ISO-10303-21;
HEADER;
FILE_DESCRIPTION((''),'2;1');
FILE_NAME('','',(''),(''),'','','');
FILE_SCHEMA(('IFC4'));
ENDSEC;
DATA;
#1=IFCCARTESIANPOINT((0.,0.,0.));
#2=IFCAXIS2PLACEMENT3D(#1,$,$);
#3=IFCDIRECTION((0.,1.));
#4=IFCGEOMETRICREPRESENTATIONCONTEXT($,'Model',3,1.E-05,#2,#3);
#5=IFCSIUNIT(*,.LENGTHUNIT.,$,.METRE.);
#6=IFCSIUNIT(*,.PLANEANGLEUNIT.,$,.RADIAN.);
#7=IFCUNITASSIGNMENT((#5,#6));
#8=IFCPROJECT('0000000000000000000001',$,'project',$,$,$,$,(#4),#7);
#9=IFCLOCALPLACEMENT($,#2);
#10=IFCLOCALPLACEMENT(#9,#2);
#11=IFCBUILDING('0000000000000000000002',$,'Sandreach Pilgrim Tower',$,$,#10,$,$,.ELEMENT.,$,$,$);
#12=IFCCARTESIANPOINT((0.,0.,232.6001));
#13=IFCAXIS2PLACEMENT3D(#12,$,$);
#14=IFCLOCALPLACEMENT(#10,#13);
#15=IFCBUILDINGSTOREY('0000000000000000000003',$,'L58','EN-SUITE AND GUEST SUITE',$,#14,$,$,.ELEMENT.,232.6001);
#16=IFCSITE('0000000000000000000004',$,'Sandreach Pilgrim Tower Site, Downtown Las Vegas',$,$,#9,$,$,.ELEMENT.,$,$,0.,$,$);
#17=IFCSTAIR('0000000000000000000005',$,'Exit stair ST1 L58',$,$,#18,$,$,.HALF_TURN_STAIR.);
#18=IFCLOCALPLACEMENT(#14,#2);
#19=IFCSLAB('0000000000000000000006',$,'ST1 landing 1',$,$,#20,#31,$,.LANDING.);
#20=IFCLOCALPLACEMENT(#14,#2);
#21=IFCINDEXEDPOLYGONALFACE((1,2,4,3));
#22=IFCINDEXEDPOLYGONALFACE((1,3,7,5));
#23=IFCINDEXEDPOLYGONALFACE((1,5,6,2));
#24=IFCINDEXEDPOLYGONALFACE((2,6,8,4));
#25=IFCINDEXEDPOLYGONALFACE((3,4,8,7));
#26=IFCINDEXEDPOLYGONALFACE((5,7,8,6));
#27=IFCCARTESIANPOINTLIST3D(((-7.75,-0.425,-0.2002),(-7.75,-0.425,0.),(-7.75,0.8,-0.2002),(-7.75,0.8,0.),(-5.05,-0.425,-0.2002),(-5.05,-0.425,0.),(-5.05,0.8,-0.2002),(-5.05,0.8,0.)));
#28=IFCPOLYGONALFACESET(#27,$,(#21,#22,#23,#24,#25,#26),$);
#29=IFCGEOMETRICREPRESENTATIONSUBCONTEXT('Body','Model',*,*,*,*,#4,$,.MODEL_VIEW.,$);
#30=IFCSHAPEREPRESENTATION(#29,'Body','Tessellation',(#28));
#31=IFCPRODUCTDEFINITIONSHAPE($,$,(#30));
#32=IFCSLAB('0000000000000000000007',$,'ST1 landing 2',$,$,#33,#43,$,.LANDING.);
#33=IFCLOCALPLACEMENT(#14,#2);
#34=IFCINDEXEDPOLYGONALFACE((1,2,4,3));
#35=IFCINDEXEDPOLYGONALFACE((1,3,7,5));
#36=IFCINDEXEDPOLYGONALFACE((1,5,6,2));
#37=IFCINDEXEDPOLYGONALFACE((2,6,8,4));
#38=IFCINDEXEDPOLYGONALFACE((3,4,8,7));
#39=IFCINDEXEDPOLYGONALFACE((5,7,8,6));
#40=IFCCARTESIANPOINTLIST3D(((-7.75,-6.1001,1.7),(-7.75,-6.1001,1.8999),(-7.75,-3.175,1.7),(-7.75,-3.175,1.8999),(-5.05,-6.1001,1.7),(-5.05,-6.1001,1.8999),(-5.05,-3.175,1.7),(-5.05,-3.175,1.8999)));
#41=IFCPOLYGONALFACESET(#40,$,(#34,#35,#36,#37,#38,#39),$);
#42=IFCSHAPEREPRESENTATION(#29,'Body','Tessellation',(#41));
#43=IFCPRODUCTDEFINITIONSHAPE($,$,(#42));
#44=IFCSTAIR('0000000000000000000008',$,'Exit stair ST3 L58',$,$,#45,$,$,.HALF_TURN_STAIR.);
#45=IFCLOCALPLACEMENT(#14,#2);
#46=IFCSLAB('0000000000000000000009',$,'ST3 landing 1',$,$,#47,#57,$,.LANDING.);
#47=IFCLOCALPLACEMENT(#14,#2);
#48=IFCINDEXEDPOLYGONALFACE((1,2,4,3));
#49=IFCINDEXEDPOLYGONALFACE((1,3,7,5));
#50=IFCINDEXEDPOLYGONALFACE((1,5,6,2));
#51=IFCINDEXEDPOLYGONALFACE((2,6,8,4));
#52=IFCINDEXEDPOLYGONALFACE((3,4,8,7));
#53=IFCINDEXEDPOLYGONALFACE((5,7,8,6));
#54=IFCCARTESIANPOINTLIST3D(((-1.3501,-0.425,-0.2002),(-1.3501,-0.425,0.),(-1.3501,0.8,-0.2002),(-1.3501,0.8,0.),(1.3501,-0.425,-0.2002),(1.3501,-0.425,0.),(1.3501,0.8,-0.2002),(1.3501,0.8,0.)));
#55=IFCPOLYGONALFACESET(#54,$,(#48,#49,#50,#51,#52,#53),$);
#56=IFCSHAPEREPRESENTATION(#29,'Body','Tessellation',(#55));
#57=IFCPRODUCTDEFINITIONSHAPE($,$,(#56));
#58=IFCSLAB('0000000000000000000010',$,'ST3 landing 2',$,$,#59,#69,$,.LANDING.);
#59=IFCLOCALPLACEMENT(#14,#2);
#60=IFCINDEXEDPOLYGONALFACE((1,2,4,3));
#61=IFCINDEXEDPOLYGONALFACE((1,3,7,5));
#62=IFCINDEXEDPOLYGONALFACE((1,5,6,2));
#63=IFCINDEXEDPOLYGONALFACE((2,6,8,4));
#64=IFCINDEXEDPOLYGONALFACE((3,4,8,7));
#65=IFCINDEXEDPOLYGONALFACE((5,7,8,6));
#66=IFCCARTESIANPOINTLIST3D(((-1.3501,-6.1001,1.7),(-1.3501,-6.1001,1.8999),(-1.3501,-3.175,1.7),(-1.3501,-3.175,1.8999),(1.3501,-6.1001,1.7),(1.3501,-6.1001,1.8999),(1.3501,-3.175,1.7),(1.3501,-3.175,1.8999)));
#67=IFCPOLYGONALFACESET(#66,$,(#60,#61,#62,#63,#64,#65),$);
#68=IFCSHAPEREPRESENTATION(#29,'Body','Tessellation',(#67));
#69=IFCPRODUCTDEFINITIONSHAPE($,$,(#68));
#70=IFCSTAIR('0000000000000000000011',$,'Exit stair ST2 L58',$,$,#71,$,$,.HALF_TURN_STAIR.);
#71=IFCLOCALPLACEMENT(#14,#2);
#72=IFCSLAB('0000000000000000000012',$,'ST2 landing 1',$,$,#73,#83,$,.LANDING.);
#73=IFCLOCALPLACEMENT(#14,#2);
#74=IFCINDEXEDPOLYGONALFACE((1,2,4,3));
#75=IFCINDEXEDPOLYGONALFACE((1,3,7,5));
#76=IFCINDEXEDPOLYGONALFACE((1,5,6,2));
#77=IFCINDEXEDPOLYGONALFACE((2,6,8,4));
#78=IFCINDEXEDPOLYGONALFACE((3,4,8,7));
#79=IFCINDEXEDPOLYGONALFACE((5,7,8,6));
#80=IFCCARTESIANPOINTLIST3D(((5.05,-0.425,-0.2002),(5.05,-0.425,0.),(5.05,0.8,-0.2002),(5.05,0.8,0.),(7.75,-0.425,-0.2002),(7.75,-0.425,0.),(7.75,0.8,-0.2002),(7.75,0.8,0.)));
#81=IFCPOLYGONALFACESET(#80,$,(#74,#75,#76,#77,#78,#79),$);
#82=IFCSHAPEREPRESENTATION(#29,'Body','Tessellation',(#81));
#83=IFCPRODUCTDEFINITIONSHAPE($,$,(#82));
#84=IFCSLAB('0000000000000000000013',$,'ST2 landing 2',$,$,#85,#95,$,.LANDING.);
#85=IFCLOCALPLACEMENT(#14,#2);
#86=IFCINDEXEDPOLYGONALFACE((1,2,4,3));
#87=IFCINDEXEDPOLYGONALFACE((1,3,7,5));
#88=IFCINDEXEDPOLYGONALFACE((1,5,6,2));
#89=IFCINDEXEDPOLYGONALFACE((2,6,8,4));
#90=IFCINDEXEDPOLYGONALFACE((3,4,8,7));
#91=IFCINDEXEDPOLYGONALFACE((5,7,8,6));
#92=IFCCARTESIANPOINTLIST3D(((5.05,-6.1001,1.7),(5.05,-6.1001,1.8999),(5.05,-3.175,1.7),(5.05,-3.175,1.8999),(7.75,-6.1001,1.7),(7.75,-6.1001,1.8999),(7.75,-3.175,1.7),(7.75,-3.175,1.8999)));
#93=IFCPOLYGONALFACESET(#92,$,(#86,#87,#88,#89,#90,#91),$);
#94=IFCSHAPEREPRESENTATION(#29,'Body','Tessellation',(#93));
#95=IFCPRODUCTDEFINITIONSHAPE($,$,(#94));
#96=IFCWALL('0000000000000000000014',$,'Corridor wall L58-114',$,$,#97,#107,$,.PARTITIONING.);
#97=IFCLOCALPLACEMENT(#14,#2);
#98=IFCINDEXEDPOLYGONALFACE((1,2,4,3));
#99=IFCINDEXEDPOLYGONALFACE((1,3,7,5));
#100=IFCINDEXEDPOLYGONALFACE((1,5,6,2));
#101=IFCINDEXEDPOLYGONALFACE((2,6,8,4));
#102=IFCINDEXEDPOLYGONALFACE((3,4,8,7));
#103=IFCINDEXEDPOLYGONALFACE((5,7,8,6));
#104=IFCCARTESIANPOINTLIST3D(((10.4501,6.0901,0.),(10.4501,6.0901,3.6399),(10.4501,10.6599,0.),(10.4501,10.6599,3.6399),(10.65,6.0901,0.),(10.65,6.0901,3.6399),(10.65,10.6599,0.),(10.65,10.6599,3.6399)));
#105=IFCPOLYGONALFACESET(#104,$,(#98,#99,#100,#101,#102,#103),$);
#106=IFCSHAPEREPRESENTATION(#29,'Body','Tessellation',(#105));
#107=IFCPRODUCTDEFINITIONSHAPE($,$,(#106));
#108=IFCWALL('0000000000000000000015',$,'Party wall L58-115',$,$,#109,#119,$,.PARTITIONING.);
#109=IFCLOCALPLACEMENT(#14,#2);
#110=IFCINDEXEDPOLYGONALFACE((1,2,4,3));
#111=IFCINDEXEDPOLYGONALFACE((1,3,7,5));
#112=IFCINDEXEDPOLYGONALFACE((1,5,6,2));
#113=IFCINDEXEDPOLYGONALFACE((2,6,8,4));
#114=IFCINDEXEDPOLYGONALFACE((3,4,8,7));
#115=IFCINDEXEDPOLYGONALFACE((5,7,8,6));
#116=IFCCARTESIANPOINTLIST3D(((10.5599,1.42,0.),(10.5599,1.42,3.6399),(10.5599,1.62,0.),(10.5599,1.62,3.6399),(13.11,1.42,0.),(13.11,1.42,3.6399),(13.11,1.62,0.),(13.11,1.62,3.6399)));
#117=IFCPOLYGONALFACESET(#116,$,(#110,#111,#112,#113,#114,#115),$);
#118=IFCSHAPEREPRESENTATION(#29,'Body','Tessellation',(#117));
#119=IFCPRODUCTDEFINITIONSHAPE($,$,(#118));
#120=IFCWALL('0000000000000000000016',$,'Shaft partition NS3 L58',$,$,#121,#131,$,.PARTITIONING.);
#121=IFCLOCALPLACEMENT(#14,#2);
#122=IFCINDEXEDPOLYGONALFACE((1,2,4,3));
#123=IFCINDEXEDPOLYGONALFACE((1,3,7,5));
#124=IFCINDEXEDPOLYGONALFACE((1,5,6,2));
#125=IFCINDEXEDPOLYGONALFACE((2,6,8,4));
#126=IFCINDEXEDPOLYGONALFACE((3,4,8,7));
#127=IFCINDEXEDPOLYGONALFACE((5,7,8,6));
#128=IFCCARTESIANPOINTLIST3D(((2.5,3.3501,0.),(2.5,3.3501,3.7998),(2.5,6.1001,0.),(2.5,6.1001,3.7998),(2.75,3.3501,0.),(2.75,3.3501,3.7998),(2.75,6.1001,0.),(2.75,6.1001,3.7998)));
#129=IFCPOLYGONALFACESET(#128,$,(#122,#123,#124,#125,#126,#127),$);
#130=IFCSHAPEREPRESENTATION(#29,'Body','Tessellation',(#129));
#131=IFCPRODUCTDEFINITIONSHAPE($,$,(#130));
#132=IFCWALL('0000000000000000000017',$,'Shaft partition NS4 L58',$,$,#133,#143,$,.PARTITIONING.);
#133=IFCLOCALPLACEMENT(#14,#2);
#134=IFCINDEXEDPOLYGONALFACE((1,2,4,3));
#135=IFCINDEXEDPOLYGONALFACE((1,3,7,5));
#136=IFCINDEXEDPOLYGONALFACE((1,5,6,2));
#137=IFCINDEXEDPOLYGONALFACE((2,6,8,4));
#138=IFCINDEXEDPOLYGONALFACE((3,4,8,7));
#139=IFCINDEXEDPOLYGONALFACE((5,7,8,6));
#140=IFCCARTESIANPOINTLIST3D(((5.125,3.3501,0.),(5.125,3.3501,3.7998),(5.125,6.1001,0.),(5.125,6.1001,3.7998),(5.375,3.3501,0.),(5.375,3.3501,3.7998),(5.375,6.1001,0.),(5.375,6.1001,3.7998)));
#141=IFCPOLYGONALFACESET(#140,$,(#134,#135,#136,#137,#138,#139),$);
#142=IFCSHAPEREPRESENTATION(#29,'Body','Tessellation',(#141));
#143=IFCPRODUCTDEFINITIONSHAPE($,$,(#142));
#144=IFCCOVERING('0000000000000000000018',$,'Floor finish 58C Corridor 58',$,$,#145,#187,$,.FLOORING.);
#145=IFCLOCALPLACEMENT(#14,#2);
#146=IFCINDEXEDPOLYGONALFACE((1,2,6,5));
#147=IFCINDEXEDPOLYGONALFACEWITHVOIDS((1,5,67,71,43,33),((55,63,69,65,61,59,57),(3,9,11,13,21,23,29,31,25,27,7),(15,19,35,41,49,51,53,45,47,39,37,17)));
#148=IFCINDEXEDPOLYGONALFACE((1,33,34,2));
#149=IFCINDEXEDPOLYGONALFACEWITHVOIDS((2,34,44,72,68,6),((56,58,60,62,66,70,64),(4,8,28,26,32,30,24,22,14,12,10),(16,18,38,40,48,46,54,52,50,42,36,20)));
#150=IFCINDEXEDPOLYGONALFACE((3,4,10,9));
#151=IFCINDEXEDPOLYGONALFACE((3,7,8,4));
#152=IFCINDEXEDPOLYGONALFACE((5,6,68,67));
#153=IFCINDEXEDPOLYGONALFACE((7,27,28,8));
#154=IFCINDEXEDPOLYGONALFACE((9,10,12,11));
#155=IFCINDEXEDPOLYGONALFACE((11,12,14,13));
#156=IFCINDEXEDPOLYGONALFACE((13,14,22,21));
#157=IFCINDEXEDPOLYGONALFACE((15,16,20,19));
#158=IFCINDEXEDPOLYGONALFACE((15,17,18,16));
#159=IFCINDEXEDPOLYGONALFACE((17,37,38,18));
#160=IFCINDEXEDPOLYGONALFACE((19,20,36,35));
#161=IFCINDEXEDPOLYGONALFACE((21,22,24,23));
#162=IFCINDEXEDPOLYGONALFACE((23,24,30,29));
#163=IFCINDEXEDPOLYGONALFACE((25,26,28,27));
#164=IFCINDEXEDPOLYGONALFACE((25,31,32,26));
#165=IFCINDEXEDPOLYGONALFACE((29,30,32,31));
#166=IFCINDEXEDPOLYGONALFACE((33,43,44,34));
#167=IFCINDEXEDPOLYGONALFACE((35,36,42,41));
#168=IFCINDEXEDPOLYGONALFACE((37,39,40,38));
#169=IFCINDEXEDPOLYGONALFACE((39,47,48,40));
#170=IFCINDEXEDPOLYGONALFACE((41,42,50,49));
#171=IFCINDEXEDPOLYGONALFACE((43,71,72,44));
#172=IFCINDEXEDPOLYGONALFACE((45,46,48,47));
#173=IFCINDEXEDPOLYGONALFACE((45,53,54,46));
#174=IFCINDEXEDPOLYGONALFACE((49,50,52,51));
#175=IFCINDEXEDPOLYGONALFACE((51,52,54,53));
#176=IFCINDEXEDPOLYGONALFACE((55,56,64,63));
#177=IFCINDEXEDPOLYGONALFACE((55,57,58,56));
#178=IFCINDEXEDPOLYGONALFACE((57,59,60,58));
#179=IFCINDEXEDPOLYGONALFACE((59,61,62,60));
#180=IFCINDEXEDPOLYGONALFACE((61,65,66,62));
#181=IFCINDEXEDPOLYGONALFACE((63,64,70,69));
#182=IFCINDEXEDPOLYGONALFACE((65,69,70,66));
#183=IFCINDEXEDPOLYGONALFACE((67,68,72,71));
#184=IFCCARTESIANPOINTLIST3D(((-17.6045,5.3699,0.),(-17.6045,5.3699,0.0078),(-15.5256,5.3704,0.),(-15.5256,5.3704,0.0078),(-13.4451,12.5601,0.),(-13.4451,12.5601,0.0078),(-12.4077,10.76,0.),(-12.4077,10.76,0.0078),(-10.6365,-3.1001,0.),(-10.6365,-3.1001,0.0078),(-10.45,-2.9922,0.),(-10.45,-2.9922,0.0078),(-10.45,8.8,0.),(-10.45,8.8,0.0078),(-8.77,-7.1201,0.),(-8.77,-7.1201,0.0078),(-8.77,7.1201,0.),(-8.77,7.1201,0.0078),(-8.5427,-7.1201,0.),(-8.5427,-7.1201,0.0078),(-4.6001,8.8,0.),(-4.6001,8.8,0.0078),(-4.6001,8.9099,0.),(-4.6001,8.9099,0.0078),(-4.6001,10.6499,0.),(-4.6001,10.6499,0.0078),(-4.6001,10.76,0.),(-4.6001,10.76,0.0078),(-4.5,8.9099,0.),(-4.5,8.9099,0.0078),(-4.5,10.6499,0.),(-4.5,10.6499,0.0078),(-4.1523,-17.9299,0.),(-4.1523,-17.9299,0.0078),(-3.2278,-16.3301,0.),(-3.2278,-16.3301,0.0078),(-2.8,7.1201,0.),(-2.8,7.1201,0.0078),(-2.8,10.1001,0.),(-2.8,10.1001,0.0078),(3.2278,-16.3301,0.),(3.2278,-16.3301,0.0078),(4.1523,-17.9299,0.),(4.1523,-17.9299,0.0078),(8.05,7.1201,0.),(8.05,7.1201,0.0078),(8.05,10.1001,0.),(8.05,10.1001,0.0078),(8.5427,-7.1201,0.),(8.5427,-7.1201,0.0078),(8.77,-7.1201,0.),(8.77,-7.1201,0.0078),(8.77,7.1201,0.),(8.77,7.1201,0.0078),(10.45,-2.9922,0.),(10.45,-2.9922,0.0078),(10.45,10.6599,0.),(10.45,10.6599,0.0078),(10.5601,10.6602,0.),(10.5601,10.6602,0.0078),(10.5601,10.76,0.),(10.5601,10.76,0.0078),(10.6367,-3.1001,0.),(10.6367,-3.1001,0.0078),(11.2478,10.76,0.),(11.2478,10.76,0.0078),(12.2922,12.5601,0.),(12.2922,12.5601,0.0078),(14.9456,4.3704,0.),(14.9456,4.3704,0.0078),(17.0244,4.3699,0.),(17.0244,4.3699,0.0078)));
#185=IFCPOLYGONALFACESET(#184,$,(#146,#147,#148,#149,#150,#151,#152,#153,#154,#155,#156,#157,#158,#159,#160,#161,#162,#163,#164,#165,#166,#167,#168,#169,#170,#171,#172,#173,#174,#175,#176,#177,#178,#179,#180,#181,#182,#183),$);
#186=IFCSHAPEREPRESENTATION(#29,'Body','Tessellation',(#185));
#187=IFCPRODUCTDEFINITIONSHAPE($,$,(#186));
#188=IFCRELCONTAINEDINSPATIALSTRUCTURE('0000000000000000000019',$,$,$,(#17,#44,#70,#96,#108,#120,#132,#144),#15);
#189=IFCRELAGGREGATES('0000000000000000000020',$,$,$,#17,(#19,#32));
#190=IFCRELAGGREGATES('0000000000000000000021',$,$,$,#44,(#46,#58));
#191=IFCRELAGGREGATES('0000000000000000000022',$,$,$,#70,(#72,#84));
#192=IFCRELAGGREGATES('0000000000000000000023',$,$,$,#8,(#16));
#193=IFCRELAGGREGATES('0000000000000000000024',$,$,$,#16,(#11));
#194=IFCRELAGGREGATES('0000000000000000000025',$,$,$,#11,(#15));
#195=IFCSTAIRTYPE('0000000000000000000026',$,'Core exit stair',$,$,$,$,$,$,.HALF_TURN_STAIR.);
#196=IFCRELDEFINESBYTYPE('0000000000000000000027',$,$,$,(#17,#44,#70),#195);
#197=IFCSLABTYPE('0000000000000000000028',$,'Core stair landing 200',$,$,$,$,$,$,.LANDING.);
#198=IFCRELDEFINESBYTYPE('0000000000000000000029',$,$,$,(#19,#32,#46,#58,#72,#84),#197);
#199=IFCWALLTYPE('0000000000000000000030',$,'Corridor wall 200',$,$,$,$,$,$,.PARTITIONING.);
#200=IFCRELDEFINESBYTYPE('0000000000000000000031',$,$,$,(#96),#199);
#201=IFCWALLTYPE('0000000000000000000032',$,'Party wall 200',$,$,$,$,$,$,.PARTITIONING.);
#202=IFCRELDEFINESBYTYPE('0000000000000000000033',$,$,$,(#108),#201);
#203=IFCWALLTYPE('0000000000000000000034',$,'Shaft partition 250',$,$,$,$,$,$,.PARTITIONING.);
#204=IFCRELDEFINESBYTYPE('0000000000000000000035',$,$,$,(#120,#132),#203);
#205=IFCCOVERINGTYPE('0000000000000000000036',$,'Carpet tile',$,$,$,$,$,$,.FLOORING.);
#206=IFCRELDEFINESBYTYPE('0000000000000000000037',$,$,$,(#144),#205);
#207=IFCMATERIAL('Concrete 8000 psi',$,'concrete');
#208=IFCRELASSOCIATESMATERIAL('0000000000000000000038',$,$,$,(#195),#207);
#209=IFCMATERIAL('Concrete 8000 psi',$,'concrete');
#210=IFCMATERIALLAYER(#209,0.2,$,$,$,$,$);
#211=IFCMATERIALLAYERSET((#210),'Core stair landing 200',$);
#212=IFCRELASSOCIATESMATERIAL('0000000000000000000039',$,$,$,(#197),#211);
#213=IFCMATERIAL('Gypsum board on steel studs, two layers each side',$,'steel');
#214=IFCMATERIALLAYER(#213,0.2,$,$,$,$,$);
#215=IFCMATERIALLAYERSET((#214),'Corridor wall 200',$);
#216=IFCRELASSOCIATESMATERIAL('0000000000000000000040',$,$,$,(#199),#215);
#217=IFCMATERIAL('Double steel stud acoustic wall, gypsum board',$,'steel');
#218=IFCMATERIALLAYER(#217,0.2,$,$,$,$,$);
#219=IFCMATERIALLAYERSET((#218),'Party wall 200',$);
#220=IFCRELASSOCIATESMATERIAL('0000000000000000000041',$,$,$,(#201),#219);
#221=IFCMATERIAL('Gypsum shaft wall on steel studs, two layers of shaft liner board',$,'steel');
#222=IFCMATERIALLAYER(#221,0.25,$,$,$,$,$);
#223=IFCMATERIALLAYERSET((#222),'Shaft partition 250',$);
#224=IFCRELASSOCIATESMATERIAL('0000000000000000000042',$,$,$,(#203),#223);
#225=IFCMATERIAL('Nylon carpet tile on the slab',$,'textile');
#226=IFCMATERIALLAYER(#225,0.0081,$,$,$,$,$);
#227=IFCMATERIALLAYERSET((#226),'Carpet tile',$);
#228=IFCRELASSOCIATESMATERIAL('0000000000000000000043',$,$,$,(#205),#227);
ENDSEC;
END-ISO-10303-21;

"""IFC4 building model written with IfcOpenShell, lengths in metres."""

from ifc_helpers import new_model, si_unit, direction, frame, frame_2d, origin, place, context, subcontext, project, spatial, polyline, rectangle, outline, extrude, material, layer, layer_set, type_object, element, aggregate, save


model = new_model("IFC4")

# Units and contexts
model_context = context("Model", 3, precision=1e-05, world=origin(), true_north=direction((0.0, 1.0)))
body_context = subcontext(model_context, "Body", "Model", "MODEL_VIEW")
ifc_project = project(units=[si_unit("LENGTHUNIT", "METRE"), si_unit("PLANEANGLEUNIT", "RADIAN")], contexts=[model_context])

# Site, building, storey
site_placement = place(None, origin())
site = spatial("IfcSite", under=ifc_project, at=site_placement, Name="Sandreach Pilgrim Tower Site, Downtown Las Vegas", CompositionType="ELEMENT", RefElevation=0.0)
building_placement = place(site_placement, origin())
building = spatial("IfcBuilding", under=site, at=building_placement, Name="Sandreach Pilgrim Tower", CompositionType="ELEMENT")
storey_placement = place(building_placement, frame((0.0, 0.0, 232.6001)))
storey = spatial("IfcBuildingStorey", under=building, at=storey_placement, Name="L58", Description="EN-SUITE AND GUEST SUITE", CompositionType="ELEMENT", Elevation=232.6001)

# Stairs, slabs
ifc_material_1 = material(Name="Concrete 8000 psi", Category="concrete")
stair_type = type_object("IfcStairType", Name="Core exit stair", PredefinedType="HALF_TURN_STAIR", material=ifc_material_1)
stair_1_placement = place(storey_placement, origin())
stair_1 = element("IfcStair", 1, at=stair_1_placement, inside=storey, type_object=stair_type, Name="Exit stair ST1 L58", PredefinedType="HALF_TURN_STAIR")
ifc_material_2 = material(Name="Concrete 8000 psi", Category="concrete")
ifc_layer_1 = layer(ifc_material_2, 0.2)
ifc_layer_set_1 = layer_set([ifc_layer_1], Name="Core stair landing 200")
slab_type = type_object("IfcSlabType", Name="Core stair landing 200", PredefinedType="LANDING", material=ifc_layer_set_1)
slab_1_placement = place(storey_placement, frame((0.0, 0.0, -0.2002)))
slab_1 = element("IfcSlab", 2, at=slab_1_placement, type_object=slab_type, Name="ST1 landing 1", PredefinedType="LANDING", context=body_context, shape_type="SweptSolid", body=[
    extrude(outline(polyline([(-7.75, -0.425), (-5.05, -0.425), (-5.05, 0.8), (-7.75, 0.8), (-7.75, -0.425)])), origin(), (0.0, 0.0, 1.0), 0.2002),
])
slab_2_placement = place(storey_placement, frame((0.0, 0.0, 1.7)))
slab_2 = element("IfcSlab", 3, at=slab_2_placement, type_object=slab_type, Name="ST1 landing 2", PredefinedType="LANDING", context=body_context, shape_type="SweptSolid", body=[
    extrude(outline(polyline([(-7.75, -6.1001), (-5.05, -6.1001), (-5.05, -3.175), (-7.75, -3.175), (-7.75, -6.1001)])), origin(), (0.0, 0.0, 1.0), 0.2),
])
aggregate(stair_1, [slab_1, slab_2])
stair_2_placement = place(storey_placement, origin())
stair_2 = element("IfcStair", 4, at=stair_2_placement, inside=storey, type_object=stair_type, Name="Exit stair ST3 L58", PredefinedType="HALF_TURN_STAIR")
slab_3_placement = place(storey_placement, frame((0.0, 0.0, -0.2002)))
slab_3 = element("IfcSlab", 5, at=slab_3_placement, type_object=slab_type, Name="ST3 landing 1", PredefinedType="LANDING", context=body_context, shape_type="SweptSolid", body=[
    extrude(outline(polyline([(-1.3501, -0.425), (1.3501, -0.425), (1.3501, 0.8), (-1.3501, 0.8), (-1.3501, -0.425)])), origin(), (0.0, 0.0, 1.0), 0.2002),
])
slab_4_placement = place(storey_placement, frame((0.0, 0.0, 1.7)))
slab_4 = element("IfcSlab", 6, at=slab_4_placement, type_object=slab_type, Name="ST3 landing 2", PredefinedType="LANDING", context=body_context, shape_type="SweptSolid", body=[
    extrude(outline(polyline([(-1.3501, -6.1001), (1.3501, -6.1001), (1.3501, -3.175), (-1.3501, -3.175), (-1.3501, -6.1001)])), origin(), (0.0, 0.0, 1.0), 0.2),
])
aggregate(stair_2, [slab_3, slab_4])
stair_3_placement = place(storey_placement, origin())
stair_3 = element("IfcStair", 7, at=stair_3_placement, inside=storey, type_object=stair_type, Name="Exit stair ST2 L58", PredefinedType="HALF_TURN_STAIR")
slab_5_placement = place(storey_placement, frame((0.0, 0.0, -0.2002)))
slab_5 = element("IfcSlab", 8, at=slab_5_placement, type_object=slab_type, Name="ST2 landing 1", PredefinedType="LANDING", context=body_context, shape_type="SweptSolid", body=[
    extrude(outline(polyline([(5.05, -0.425), (7.75, -0.425), (7.75, 0.8), (5.05, 0.8), (5.05, -0.425)])), origin(), (0.0, 0.0, 1.0), 0.2002),
])
slab_6_placement = place(storey_placement, frame((0.0, 0.0, 1.7)))
slab_6 = element("IfcSlab", 9, at=slab_6_placement, type_object=slab_type, Name="ST2 landing 2", PredefinedType="LANDING", context=body_context, shape_type="SweptSolid", body=[
    extrude(outline(polyline([(5.05, -6.1001), (7.75, -6.1001), (7.75, -3.175), (5.05, -3.175), (5.05, -6.1001)])), origin(), (0.0, 0.0, 1.0), 0.2),
])
aggregate(stair_3, [slab_5, slab_6])

# Shared definitions
ifc_material_3 = material(Name="Gypsum board on steel studs, two layers each side", Category="steel")
ifc_layer_2 = layer(ifc_material_3, 0.2)
ifc_layer_set_2 = layer_set([ifc_layer_2], Name="Corridor wall 200")
wall_type_1 = type_object("IfcWallType", Name="Corridor wall 200", PredefinedType="PARTITIONING", material=ifc_layer_set_2)

# Wall
wall_1_placement = place(storey_placement, frame((10.55, 6.0901, 0.0), z_axis=(0.0, 0.0, 1.0), x_axis=(0.0, 1.0, 0.0)))
element("IfcWall", 10, at=wall_1_placement, inside=storey, type_object=wall_type_1, Name="Corridor wall L58-114", PredefinedType="PARTITIONING", context=body_context, shape_type="SweptSolid", body=[
    extrude(rectangle(XDim=4.5698, YDim=0.2, at=frame_2d((2.2849, 0.0))), origin(), (0.0, 0.0, 1.0), 3.6399),
])

# Walls
ifc_material_4 = material(Name="Double steel stud acoustic wall, gypsum board", Category="steel")
ifc_layer_3 = layer(ifc_material_4, 0.2)
ifc_layer_set_3 = layer_set([ifc_layer_3], Name="Party wall 200")
wall_type_2 = type_object("IfcWallType", Name="Party wall 200", PredefinedType="PARTITIONING", material=ifc_layer_set_3)
wall_2_placement = place(storey_placement, frame((10.5601, 1.52, 0.0), z_axis=(0.0, 0.0, 1.0), x_axis=(1.0, 0.0, 0.0)))
element("IfcWall", 11, at=wall_2_placement, inside=storey, type_object=wall_type_2, Name="Party wall L58-115", PredefinedType="PARTITIONING", context=body_context, shape_type="SweptSolid", body=[
    extrude(rectangle(XDim=2.55, YDim=0.2, at=frame_2d((1.2749, 0.0))), origin(), (0.0, 0.0, 1.0), 3.6399),
])
ifc_material_5 = material(Name="Gypsum shaft wall on steel studs, two layers of shaft liner board", Category="steel")
ifc_layer_4 = layer(ifc_material_5, 0.25)
ifc_layer_set_4 = layer_set([ifc_layer_4], Name="Shaft partition 250")
wall_type_3 = type_object("IfcWallType", Name="Shaft partition 250", PredefinedType="PARTITIONING", material=ifc_layer_set_4)
for number, where, z_axis, x_axis, name in (
    (12, (2.625, 3.3501, 0.0), (0.0, 0.0, 1.0), (0.0, 1.0, 0.0), "Shaft partition NS3 L58"),
    (13, (5.25, 3.3501, 0.0), (0.0, 0.0, 1.0), (0.0, 1.0, 0.0), "Shaft partition NS4 L58"),
):
    element("IfcWall", number, at=place(storey_placement, frame(where, z_axis=z_axis, x_axis=x_axis)), inside=storey, type_object=wall_type_3, Name=name, PredefinedType="PARTITIONING", context=body_context, shape_type="SweptSolid", body=[
        extrude(rectangle(XDim=2.75, YDim=0.25, at=frame_2d((1.375, 0.0))), origin(), (0.0, 0.0, 1.0), 3.7998),
    ])

# Covering
ifc_material_6 = material(Name="Nylon carpet tile on the slab", Category="textile")
ifc_layer_5 = layer(ifc_material_6, 0.0081)
ifc_layer_set_5 = layer_set([ifc_layer_5], Name="Carpet tile")
covering_type_1 = type_object("IfcCoveringType", Name="Carpet tile", PredefinedType="FLOORING", material=ifc_layer_set_5)
covering_1_placement = place(storey_placement, origin())
element("IfcCovering", 14, at=covering_1_placement, inside=storey, type_object=covering_type_1, Name="Floor finish 58C Corridor 58", PredefinedType="FLOORING", context=body_context, shape_type="SweptSolid", body=[
    extrude(outline(polyline([(-4.1523, -17.9299), (-17.6045, 5.3699), (-13.4451, 12.5601), (12.2922, 12.5601), (17.0244, 4.3699), (4.1523, -17.9299), (-4.1523, -17.9299)]), holes=[polyline([(10.45, 10.6599), (10.45, -2.9922), (10.6367, -3.1001), (14.9456, 4.3704), (11.2478, 10.76), (10.5601, 10.76), (10.5601, 10.6602), (10.45, 10.6599)]), polyline([(-3.2278, -16.3301), (3.2278, -16.3301), (8.5427, -7.1201), (8.77, -7.1201), (8.77, 7.1201), (8.05, 7.1201), (8.05, 10.1001), (-2.8, 10.1001), (-2.8, 7.1201), (-8.77, 7.1201), (-8.77, -7.1201), (-8.5427, -7.1201), (-3.2278, -16.3301)]), polyline([(-15.5256, 5.3704), (-10.6365, -3.1001), (-10.45, -2.9922), (-10.45, 8.8), (-4.6001, 8.8), (-4.6001, 8.9099), (-4.5, 8.9099), (-4.5, 10.6499), (-4.6001, 10.6499), (-4.6001, 10.76), (-12.4077, 10.76), (-15.5256, 5.3704)])]), origin(), (0.0, 0.0, 1.0), 0.0078),
])

save(model, "model.ifc")
